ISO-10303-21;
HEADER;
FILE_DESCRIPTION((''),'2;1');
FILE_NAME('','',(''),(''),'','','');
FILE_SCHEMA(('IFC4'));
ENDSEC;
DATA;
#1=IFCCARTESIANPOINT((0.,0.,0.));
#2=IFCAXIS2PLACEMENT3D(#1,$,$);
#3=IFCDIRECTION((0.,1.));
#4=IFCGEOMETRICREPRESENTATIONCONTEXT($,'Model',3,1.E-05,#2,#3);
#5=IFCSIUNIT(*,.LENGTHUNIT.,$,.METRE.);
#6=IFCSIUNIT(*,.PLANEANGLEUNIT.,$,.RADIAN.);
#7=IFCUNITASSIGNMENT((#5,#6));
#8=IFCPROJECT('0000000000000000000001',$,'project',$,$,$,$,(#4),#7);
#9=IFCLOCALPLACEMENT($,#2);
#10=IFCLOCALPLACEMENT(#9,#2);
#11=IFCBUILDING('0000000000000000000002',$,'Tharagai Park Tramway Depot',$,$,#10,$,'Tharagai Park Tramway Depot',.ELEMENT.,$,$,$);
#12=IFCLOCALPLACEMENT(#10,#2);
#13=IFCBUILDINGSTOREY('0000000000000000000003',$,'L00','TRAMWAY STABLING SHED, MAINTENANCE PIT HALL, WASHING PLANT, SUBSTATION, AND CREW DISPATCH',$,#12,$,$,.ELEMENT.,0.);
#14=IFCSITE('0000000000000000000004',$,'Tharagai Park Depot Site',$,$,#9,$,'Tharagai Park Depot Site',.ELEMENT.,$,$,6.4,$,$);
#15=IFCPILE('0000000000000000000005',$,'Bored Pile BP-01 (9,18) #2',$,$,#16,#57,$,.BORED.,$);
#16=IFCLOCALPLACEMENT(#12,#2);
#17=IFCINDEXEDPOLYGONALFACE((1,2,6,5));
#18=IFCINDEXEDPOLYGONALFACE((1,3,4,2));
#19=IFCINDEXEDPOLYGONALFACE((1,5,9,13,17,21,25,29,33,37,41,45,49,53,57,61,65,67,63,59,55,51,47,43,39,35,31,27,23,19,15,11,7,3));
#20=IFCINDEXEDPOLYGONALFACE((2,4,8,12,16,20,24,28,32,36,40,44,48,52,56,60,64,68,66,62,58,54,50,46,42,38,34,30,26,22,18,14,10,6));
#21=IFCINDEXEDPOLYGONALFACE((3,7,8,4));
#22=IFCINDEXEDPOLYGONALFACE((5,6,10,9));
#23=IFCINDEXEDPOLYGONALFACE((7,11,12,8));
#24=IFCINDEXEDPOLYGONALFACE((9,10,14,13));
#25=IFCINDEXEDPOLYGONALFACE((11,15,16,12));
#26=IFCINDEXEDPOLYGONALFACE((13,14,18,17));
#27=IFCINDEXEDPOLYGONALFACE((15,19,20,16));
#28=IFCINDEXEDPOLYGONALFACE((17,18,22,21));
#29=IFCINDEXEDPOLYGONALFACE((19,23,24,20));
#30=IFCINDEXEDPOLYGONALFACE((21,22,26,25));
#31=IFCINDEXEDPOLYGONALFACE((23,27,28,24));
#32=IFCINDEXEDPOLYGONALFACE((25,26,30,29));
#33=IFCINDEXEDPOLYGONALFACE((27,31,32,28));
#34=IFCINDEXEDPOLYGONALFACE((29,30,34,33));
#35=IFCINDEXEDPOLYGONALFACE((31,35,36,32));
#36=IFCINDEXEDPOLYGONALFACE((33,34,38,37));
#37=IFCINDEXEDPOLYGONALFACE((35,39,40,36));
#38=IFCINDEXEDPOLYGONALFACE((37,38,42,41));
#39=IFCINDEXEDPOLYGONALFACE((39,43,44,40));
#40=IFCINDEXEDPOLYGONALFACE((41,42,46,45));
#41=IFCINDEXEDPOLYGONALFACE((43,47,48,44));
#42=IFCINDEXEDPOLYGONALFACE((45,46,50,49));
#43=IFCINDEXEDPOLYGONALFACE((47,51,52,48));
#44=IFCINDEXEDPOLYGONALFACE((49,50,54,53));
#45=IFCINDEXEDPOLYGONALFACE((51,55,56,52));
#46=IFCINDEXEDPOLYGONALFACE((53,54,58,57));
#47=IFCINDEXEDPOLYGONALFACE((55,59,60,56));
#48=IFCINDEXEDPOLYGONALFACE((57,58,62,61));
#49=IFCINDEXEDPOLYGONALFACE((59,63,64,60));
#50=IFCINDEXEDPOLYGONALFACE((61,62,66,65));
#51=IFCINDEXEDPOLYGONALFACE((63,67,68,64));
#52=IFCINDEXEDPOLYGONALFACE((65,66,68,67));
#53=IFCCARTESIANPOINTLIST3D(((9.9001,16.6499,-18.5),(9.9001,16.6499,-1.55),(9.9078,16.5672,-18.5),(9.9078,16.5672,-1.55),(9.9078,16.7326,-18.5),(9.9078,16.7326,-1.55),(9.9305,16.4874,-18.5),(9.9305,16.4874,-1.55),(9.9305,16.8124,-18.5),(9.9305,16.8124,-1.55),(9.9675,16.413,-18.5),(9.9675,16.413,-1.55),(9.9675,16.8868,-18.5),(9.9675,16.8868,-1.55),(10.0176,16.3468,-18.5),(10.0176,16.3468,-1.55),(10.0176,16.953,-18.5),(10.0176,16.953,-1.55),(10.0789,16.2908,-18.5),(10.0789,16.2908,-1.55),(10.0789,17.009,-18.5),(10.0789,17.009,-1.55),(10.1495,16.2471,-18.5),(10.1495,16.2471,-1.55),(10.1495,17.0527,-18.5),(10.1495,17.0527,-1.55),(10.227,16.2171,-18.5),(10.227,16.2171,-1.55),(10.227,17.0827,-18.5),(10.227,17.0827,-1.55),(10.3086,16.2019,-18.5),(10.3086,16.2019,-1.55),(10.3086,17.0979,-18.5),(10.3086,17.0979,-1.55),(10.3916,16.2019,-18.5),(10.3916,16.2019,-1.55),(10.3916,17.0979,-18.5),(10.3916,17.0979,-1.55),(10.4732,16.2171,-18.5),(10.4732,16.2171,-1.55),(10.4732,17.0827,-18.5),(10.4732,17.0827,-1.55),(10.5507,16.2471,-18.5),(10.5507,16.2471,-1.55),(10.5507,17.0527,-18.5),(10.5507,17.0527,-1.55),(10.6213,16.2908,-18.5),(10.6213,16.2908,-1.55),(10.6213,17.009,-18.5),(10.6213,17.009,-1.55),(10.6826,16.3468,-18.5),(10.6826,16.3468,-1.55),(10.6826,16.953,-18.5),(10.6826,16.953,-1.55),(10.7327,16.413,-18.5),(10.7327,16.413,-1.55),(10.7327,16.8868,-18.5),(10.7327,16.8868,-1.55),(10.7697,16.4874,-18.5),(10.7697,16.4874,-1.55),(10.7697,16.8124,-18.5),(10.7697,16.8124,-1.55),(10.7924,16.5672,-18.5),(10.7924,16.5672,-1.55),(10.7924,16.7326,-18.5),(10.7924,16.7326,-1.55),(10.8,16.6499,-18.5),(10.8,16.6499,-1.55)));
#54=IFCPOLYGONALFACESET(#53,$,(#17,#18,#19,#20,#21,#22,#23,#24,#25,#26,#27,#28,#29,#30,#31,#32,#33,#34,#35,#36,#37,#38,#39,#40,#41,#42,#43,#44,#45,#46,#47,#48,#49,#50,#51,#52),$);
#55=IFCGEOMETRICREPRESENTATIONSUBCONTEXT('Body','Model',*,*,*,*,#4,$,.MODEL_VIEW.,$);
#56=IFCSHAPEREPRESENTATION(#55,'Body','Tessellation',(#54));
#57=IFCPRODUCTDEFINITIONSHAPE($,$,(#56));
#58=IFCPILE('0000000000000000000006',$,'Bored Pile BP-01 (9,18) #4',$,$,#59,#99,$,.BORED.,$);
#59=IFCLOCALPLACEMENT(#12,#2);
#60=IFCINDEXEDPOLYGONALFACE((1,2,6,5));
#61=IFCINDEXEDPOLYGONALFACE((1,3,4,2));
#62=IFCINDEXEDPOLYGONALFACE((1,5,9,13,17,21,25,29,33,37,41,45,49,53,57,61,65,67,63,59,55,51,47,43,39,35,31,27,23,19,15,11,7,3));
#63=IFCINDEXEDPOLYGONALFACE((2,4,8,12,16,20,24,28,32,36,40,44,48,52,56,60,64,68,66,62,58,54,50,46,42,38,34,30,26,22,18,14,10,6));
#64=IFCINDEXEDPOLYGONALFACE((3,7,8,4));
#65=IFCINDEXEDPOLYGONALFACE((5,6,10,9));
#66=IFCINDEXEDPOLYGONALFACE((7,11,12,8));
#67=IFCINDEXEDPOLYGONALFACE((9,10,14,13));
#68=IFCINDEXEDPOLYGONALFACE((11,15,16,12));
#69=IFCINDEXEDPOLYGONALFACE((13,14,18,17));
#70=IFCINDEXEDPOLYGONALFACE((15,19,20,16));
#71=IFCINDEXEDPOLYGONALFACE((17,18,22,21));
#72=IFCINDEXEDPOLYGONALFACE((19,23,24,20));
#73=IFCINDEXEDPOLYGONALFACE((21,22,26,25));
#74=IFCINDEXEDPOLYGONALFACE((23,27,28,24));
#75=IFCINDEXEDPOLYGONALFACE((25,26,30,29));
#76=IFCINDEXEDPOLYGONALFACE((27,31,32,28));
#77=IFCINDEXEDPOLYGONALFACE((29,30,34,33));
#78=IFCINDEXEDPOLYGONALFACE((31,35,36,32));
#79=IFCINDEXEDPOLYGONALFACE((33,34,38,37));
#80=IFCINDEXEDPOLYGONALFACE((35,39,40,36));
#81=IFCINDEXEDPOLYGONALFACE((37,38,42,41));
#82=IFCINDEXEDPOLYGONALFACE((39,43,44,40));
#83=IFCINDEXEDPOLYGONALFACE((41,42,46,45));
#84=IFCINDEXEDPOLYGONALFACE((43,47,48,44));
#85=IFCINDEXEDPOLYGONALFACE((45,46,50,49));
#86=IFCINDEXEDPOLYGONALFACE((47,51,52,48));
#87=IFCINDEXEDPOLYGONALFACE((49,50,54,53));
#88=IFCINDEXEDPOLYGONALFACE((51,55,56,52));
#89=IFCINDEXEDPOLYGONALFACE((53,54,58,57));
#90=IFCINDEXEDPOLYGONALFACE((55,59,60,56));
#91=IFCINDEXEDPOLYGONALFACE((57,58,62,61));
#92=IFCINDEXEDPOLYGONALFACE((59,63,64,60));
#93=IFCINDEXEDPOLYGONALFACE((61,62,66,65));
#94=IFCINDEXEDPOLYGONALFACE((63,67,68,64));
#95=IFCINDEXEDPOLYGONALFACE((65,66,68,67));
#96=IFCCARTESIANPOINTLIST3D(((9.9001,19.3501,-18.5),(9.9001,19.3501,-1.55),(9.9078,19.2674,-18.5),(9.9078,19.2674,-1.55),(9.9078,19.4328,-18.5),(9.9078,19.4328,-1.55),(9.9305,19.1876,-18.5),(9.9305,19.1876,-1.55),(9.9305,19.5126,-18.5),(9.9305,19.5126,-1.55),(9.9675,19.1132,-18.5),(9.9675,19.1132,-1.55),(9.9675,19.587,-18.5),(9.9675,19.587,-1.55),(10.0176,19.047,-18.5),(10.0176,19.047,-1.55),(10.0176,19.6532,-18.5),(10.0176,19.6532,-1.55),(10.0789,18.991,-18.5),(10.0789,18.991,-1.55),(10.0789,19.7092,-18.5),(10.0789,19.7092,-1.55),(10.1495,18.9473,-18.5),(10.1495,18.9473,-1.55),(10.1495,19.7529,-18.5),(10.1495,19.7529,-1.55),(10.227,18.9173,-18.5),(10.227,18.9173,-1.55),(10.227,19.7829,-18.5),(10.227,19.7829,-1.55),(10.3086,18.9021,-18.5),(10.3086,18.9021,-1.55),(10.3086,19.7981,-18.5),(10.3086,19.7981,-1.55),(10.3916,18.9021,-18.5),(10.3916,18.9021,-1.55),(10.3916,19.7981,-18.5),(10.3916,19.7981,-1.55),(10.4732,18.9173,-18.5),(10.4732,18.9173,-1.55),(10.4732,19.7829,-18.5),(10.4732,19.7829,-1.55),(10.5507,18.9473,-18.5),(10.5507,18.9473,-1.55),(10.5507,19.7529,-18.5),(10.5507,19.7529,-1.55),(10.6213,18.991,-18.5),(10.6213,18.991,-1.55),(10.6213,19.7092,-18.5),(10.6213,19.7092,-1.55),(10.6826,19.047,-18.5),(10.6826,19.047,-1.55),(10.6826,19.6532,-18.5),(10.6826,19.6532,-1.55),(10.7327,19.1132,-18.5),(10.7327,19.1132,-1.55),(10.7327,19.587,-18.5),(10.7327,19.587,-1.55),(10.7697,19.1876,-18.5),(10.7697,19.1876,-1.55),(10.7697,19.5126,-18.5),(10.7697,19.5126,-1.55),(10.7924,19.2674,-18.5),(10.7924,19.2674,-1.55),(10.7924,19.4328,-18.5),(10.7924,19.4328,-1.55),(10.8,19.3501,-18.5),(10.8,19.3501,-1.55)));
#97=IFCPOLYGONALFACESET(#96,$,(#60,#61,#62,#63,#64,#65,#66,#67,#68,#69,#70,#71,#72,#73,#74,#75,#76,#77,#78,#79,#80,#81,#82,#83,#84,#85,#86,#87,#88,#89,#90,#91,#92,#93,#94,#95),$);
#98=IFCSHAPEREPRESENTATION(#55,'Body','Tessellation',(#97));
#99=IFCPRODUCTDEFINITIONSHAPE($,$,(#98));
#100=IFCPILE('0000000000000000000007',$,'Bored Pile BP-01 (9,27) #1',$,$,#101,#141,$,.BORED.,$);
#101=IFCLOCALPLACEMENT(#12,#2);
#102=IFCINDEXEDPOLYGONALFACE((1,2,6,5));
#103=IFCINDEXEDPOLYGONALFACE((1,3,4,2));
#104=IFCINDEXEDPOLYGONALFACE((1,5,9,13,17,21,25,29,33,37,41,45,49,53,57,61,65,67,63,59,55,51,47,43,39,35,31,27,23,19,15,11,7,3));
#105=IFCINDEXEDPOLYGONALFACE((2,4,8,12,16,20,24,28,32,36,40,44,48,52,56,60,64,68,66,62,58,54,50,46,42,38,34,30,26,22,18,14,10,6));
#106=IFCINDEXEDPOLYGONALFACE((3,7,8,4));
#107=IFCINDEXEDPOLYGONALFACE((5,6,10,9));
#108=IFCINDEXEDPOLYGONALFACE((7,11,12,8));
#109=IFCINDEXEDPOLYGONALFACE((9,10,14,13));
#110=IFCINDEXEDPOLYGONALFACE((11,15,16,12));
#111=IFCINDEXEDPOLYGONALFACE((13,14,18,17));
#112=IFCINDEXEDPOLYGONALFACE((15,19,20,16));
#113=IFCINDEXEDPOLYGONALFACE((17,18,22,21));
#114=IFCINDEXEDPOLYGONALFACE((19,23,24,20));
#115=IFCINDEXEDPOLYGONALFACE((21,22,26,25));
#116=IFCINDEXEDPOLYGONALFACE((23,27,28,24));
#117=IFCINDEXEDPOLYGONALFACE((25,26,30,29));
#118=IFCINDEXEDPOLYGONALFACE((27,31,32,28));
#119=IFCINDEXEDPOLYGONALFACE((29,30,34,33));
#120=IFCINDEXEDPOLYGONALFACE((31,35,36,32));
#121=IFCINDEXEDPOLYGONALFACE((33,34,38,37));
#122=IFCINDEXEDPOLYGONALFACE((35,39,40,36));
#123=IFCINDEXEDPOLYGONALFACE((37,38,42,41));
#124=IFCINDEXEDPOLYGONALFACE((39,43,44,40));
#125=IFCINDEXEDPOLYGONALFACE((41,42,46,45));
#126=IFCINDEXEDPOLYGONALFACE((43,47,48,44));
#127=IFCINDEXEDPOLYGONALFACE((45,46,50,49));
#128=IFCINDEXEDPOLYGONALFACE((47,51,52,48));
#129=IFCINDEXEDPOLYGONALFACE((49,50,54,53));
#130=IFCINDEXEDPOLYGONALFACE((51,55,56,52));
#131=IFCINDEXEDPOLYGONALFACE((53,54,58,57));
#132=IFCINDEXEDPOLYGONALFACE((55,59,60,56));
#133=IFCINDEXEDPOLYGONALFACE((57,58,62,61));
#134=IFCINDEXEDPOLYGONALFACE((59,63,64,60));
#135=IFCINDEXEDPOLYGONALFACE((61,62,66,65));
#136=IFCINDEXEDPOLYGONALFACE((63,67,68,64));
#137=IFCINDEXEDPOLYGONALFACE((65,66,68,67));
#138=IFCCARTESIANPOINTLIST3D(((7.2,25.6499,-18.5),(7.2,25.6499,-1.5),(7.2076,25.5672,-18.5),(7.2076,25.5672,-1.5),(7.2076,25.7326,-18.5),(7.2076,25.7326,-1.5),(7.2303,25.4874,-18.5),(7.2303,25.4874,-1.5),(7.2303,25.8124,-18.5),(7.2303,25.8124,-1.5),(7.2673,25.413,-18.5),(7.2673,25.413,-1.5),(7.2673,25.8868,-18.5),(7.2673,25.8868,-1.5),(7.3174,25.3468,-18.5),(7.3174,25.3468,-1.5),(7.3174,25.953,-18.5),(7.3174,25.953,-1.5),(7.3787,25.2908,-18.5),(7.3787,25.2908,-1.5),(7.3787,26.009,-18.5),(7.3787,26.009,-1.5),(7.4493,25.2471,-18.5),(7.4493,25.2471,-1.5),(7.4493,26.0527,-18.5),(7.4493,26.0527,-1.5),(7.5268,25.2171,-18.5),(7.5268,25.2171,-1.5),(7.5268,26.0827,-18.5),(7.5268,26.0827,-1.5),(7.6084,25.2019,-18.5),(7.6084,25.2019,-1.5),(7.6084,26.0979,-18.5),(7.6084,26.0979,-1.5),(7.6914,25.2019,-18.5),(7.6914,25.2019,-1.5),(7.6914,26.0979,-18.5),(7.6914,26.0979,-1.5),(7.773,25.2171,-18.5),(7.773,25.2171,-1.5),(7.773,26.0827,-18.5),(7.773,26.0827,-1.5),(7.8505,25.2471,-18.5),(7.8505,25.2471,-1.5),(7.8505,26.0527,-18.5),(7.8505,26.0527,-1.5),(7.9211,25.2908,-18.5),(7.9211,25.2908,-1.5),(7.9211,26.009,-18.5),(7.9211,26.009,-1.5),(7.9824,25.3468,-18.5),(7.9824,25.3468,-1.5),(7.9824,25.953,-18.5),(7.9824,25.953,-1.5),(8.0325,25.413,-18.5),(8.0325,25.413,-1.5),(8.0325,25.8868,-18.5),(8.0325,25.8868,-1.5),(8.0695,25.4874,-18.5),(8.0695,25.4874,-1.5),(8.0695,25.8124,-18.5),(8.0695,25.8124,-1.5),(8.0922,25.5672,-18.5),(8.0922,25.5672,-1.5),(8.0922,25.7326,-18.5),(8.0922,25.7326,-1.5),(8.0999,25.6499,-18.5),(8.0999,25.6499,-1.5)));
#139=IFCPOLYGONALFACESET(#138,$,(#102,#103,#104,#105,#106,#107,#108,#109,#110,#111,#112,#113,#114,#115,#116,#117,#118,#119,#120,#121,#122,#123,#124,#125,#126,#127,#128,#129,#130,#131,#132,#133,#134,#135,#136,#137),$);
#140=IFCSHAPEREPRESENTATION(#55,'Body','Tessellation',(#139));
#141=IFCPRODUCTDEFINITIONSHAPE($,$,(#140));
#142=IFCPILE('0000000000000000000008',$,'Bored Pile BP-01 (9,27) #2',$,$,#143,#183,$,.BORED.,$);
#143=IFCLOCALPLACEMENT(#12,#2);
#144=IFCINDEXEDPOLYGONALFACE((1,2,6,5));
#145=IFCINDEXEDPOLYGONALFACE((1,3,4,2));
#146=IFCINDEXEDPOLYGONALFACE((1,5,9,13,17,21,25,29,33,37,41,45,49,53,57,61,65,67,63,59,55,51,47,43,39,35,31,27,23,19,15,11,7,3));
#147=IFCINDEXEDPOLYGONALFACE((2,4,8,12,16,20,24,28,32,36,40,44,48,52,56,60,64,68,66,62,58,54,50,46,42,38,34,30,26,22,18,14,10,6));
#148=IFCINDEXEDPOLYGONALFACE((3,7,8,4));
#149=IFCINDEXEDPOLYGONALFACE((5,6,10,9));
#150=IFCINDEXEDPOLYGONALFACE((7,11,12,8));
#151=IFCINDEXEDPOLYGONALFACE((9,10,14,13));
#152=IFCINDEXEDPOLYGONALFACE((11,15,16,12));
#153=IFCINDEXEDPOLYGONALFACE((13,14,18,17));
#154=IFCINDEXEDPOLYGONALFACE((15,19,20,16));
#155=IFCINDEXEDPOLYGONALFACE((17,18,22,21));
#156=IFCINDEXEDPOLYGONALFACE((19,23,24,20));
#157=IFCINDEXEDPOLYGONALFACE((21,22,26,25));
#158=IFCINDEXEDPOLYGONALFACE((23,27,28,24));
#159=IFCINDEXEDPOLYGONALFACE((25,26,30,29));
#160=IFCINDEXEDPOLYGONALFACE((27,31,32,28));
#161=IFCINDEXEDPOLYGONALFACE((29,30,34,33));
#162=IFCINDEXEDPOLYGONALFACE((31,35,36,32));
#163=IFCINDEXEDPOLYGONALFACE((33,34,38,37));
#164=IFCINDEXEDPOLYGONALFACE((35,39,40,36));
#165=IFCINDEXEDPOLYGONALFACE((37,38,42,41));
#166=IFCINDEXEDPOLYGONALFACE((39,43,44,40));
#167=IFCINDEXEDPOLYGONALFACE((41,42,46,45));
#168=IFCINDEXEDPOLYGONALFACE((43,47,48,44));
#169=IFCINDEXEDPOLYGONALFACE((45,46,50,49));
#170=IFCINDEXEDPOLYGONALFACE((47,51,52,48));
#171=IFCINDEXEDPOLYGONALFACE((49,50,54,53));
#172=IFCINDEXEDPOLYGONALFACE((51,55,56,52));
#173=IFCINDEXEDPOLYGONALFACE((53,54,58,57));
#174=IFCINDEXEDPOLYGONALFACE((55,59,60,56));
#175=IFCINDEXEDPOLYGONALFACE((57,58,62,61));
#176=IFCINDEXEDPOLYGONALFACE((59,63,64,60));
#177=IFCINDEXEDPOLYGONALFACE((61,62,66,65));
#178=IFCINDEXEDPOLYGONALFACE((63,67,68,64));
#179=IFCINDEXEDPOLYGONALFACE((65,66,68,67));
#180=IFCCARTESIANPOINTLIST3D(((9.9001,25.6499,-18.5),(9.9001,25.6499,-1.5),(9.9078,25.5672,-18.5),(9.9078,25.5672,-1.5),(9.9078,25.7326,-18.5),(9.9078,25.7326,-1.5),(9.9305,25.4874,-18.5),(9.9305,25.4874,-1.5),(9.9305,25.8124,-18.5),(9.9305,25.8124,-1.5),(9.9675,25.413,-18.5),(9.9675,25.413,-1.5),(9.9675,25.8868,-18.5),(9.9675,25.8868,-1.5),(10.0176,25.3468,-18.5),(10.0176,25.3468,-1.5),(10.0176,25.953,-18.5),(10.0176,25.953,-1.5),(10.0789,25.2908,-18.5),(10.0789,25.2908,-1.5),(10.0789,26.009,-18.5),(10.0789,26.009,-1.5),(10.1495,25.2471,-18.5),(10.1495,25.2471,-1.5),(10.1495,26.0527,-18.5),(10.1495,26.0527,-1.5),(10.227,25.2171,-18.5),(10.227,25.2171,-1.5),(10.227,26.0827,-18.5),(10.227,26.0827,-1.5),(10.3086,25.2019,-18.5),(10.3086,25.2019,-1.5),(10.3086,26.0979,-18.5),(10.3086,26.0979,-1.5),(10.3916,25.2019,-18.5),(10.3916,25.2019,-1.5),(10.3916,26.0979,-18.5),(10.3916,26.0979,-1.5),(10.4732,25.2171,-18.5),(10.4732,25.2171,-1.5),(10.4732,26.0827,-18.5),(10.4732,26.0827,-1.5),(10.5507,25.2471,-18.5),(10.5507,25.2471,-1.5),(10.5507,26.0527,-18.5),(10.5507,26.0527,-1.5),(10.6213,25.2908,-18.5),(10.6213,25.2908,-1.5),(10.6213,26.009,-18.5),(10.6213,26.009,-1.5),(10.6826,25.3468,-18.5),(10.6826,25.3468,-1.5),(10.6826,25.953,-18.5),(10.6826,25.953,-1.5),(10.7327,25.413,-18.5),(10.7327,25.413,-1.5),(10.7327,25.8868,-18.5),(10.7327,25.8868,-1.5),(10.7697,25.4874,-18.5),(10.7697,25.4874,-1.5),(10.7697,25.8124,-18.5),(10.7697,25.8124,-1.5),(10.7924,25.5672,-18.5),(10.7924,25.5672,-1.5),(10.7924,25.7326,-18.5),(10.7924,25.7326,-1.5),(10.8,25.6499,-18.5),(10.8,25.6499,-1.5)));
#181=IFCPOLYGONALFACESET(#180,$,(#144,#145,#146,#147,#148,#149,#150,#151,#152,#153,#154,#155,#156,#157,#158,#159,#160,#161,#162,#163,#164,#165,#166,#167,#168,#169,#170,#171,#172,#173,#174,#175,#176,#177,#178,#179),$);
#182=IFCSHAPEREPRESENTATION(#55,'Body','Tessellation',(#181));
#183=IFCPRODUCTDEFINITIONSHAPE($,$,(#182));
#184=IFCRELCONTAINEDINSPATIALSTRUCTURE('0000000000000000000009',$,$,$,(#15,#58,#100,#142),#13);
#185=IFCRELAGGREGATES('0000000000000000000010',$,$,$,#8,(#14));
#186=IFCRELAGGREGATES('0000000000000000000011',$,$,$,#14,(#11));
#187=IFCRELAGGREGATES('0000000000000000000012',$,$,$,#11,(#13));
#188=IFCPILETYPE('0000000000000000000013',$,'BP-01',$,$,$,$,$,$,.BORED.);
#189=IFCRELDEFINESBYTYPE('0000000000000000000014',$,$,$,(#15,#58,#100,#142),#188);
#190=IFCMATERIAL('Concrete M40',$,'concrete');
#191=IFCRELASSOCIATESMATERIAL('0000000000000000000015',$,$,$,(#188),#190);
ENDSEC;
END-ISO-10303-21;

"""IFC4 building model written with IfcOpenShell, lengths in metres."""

from ifc_helpers import new_model, si_unit, direction, frame, origin, origin_2d, place, context, subcontext, project, spatial, circle, extrude, material, material_profile, profile_set, type_object, element, save


model = new_model("IFC4")

# Units and contexts
model_context = context("Model", 3, precision=1e-05, world=origin(), true_north=direction((0.0, 1.0)))
body_context = subcontext(model_context, "Body", "Model", "MODEL_VIEW")
ifc_project = project(units=[si_unit("LENGTHUNIT", "METRE"), si_unit("PLANEANGLEUNIT", "RADIAN")], contexts=[model_context])

# Site, building, storey
site_placement = place(None, origin())
site = spatial("IfcSite", under=ifc_project, at=site_placement, Name="Tharagai Park Depot Site", LongName="Tharagai Park Depot Site", CompositionType="ELEMENT", RefElevation=6.4)
building_placement = place(site_placement, origin())
building = spatial("IfcBuilding", under=site, at=building_placement, Name="Tharagai Park Tramway Depot", LongName="Tharagai Park Tramway Depot", CompositionType="ELEMENT")
storey_placement = place(building_placement, origin())
storey = spatial("IfcBuildingStorey", under=building, at=storey_placement, Name="L00", Description="TRAMWAY STABLING SHED, MAINTENANCE PIT HALL, WASHING PLANT, SUBSTATION, AND CREW DISPATCH", CompositionType="ELEMENT", Elevation=0.0)

# Piles
ifc_material_1 = material(Name="Concrete M40", Category="concrete")
ifc_material_profile_1 = material_profile(ifc_material_1, circle(Radius=0.45, at=origin_2d()), Name="PILE D900")
ifc_profile_set_1 = profile_set([ifc_material_profile_1], Name="Concrete M40")
pile_type = type_object("IfcPileType", Name="BP-01", PredefinedType="BORED", material=ifc_profile_set_1)
for number, where, z_axis, x_axis, name in (
    (1, (10.3501, 16.6499, -1.55), (0.0, 0.0, -1.0), (1.0, 0.0, 0.0), "Bored Pile BP-01 (9,18) #2"),
    (2, (10.3501, 19.3501, -1.55), (0.0, 0.0, -1.0), (1.0, 0.0, 0.0), "Bored Pile BP-01 (9,18) #4"),
):
    element("IfcPile", number, at=place(storey_placement, frame(where, z_axis=z_axis, x_axis=x_axis)), inside=storey, type_object=pile_type, Name=name, PredefinedType="BORED", context=body_context, shape_type="SweptSolid", body=[
        extrude(circle(Radius=0.45, at=origin_2d()), origin(), (0.0, 0.0, 1.0), 16.95),
    ])
for number, where, z_axis, x_axis, name in (
    (3, (7.6499, 25.6499, -1.5), (0.0, 0.0, -1.0), (1.0, 0.0, 0.0), "Bored Pile BP-01 (9,27) #1"),
    (4, (10.3501, 25.6499, -1.5), (0.0, 0.0, -1.0), (1.0, 0.0, 0.0), "Bored Pile BP-01 (9,27) #2"),
):
    element("IfcPile", number, at=place(storey_placement, frame(where, z_axis=z_axis, x_axis=x_axis)), inside=storey, type_object=pile_type, Name=name, PredefinedType="BORED", context=body_context, shape_type="SweptSolid", body=[
        extrude(circle(Radius=0.45, at=origin_2d()), origin(), (0.0, 0.0, 1.0), 17.0),
    ])

save(model, "model.ifc")
